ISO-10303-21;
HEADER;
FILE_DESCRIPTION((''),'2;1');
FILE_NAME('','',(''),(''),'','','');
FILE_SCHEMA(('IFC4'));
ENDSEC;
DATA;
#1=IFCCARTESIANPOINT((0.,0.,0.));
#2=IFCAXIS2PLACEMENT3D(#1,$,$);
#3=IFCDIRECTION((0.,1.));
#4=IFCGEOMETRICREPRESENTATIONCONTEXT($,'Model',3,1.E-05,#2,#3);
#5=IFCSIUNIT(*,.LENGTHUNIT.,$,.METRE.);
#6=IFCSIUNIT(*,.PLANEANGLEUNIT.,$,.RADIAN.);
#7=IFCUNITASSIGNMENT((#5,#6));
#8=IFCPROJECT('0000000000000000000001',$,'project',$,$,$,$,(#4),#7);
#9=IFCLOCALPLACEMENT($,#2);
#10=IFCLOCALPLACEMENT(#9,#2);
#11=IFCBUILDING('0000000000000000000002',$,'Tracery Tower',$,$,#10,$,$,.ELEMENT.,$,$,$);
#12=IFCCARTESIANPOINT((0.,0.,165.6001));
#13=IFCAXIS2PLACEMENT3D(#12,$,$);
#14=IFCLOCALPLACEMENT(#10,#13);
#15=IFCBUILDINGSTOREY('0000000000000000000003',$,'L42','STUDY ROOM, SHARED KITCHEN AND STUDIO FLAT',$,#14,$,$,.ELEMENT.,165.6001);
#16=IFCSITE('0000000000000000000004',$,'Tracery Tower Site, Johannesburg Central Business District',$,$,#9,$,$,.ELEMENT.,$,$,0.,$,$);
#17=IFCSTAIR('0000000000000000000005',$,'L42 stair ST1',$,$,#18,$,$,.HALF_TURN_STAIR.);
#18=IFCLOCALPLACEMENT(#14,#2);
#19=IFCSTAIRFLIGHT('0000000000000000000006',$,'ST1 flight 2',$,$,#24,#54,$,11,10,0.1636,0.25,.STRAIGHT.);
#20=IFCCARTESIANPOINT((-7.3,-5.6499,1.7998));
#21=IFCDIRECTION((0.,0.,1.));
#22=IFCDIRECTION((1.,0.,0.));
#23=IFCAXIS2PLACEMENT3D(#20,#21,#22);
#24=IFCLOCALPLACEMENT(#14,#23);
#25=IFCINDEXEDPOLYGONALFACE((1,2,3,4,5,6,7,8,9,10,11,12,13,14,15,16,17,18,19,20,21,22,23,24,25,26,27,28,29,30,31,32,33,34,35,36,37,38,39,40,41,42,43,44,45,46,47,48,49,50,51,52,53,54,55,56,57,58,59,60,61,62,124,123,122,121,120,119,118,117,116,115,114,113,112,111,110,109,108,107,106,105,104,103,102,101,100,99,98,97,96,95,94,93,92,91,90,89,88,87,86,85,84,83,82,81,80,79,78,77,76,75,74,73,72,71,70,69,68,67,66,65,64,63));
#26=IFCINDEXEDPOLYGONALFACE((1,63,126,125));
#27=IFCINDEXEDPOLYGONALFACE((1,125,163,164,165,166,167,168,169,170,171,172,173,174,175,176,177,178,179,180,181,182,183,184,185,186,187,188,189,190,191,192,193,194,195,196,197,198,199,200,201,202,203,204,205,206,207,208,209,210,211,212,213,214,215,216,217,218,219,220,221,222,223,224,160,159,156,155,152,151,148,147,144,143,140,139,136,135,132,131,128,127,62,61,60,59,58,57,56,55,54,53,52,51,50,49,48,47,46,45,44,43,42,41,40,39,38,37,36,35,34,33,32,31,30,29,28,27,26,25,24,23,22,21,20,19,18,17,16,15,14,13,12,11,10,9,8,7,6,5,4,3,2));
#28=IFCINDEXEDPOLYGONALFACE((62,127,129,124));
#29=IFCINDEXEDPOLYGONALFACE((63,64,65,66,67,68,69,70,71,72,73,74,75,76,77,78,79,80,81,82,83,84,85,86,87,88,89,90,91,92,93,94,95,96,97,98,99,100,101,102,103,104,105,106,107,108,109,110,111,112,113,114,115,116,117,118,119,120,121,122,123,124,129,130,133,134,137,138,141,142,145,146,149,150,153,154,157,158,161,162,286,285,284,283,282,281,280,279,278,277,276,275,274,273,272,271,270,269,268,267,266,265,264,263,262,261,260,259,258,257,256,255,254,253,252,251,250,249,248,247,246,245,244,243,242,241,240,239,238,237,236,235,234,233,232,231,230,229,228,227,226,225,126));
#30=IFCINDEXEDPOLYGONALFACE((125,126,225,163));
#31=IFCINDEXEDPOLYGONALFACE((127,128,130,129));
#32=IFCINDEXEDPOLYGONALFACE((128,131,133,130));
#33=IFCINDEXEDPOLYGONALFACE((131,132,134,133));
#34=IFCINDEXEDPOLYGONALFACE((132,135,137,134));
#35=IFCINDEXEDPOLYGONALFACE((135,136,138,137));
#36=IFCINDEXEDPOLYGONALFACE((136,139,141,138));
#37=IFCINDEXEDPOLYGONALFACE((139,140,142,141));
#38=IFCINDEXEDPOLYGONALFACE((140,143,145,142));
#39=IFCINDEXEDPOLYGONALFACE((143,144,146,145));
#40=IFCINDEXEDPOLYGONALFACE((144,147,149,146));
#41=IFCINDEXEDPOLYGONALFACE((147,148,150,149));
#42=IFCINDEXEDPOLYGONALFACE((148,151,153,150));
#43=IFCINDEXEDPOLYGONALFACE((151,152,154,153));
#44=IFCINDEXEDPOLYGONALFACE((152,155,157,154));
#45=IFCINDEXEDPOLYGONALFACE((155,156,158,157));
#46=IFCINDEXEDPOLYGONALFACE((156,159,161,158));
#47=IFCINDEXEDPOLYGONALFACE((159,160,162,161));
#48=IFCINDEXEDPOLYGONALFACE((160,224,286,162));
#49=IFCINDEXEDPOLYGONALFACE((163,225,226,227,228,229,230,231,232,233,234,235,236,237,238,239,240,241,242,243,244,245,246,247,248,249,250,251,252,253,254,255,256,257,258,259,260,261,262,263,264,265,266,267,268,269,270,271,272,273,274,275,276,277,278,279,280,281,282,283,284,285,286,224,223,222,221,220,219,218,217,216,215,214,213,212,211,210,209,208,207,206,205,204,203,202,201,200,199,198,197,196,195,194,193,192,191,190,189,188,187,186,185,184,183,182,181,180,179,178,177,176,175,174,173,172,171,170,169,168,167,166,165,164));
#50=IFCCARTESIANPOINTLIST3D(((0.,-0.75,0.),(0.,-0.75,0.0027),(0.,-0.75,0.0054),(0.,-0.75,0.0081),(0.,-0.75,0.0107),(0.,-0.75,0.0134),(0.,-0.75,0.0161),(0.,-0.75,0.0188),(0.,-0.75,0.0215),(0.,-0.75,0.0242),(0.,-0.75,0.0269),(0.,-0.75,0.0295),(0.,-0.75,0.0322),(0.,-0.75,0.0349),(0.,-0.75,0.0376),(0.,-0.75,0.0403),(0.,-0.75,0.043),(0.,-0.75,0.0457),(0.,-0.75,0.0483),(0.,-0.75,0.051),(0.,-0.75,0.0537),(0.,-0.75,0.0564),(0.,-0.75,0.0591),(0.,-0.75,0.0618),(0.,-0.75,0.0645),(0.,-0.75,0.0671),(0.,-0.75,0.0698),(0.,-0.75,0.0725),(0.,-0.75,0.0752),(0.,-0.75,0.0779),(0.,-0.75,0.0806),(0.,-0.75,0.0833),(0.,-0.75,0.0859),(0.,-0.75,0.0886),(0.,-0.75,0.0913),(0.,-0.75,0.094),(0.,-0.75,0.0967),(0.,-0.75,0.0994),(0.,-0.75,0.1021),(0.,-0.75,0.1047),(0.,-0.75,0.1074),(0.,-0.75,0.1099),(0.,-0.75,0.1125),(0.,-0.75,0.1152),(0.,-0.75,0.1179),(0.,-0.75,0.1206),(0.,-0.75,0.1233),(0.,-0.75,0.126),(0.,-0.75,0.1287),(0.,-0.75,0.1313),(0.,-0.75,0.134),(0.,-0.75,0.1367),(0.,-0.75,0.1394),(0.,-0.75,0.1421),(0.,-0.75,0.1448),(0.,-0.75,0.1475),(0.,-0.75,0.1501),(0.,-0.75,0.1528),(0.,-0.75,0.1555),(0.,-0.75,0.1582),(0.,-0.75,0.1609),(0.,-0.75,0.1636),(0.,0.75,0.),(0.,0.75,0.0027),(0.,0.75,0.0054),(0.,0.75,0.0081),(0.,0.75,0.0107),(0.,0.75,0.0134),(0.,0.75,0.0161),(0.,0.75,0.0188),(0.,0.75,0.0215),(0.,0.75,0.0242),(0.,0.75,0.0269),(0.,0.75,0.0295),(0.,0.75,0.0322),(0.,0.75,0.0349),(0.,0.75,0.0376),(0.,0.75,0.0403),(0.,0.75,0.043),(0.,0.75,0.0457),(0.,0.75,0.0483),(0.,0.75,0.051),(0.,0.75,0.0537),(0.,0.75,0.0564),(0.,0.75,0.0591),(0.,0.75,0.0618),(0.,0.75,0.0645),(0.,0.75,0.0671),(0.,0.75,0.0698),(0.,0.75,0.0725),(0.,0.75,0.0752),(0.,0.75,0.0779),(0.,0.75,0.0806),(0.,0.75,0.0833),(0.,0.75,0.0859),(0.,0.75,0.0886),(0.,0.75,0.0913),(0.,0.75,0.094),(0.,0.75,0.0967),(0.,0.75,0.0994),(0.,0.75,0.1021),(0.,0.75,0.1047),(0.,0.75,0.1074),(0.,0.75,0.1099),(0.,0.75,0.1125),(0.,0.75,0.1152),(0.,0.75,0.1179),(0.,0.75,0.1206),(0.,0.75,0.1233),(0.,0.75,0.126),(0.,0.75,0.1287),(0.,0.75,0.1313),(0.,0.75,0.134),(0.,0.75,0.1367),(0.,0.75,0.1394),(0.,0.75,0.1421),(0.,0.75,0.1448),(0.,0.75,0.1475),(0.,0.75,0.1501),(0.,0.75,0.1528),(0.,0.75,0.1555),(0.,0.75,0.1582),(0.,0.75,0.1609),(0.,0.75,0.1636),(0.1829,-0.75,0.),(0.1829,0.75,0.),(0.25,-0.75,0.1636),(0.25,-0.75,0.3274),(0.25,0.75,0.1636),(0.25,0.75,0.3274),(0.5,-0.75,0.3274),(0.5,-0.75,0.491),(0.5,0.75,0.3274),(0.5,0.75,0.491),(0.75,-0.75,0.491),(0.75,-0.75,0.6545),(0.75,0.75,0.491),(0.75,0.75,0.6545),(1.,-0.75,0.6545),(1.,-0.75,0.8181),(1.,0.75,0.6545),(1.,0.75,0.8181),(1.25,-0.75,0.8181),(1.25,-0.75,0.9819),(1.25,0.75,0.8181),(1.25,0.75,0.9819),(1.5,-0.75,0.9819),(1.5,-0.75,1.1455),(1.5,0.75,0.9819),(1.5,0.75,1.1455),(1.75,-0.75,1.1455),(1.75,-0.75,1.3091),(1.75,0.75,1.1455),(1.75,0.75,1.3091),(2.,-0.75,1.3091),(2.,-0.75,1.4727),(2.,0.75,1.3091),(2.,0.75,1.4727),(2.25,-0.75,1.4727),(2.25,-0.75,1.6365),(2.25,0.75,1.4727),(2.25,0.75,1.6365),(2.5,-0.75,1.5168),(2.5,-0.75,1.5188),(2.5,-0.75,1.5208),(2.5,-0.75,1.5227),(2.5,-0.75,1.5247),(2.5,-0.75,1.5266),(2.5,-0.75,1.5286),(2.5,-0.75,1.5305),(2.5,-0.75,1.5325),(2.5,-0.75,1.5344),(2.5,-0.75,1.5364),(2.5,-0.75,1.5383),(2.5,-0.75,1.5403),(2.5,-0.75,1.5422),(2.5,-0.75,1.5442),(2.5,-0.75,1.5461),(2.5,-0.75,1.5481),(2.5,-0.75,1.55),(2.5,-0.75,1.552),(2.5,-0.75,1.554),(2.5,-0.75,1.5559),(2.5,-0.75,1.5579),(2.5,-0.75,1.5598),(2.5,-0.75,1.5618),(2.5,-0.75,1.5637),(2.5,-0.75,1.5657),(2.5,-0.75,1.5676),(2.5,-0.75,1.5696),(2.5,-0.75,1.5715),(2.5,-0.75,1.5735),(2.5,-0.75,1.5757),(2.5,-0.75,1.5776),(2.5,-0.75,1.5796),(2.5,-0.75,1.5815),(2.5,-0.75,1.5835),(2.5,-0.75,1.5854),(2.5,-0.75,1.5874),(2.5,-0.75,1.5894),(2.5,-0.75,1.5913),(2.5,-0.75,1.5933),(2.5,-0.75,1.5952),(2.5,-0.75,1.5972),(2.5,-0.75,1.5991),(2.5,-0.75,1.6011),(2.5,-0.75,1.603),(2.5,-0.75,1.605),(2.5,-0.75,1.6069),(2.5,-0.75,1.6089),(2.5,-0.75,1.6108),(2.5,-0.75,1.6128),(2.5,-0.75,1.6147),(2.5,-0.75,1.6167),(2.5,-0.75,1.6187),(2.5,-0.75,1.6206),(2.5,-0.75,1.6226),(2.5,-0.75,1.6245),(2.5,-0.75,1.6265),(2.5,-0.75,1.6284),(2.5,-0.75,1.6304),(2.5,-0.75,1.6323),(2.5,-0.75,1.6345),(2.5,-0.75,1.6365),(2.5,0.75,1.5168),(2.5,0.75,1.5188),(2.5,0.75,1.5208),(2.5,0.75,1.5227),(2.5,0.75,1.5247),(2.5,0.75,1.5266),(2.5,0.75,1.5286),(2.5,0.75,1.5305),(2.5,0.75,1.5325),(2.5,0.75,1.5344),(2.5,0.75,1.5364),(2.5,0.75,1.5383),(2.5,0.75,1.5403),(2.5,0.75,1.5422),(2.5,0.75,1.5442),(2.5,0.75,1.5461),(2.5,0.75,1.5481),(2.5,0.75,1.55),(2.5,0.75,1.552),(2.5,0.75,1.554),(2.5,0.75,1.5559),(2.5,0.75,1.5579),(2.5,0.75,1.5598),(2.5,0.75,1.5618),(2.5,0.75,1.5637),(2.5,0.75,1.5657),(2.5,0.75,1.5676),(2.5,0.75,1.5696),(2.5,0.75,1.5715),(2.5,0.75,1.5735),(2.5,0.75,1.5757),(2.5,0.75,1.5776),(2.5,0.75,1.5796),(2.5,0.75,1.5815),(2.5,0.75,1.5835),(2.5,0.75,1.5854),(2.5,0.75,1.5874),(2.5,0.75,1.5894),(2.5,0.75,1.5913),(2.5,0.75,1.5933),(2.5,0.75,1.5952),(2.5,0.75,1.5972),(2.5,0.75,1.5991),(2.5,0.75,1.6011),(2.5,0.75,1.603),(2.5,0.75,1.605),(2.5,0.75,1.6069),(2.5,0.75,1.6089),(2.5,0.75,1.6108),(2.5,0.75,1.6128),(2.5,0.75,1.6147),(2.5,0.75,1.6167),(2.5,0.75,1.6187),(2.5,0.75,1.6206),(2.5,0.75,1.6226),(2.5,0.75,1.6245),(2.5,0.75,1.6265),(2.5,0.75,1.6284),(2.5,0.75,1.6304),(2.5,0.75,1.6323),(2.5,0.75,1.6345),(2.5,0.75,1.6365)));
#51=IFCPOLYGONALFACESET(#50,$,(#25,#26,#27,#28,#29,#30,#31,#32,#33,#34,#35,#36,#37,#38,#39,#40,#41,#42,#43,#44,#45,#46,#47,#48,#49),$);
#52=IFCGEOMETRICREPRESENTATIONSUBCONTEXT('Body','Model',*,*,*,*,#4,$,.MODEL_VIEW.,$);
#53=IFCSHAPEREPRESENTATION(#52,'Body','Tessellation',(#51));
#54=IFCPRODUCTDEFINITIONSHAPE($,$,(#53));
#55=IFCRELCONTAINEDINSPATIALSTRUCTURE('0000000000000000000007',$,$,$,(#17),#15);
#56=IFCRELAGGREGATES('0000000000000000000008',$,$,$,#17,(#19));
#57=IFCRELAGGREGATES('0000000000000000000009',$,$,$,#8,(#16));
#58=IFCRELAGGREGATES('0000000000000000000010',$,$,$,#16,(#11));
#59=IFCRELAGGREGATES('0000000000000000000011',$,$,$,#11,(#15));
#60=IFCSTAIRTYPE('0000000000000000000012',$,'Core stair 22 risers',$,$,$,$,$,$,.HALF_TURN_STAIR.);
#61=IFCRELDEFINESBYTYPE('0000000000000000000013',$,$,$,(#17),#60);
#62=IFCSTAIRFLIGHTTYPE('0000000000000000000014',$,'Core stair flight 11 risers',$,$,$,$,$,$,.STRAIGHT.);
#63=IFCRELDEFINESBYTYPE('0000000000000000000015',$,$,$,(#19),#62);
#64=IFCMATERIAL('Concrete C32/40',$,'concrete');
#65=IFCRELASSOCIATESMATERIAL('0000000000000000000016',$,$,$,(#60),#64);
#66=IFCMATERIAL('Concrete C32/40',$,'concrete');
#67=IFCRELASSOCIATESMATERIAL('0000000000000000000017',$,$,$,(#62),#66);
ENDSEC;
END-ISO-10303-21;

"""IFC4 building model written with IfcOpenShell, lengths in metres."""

from ifc_helpers import new_model, si_unit, direction, frame, origin, place, context, subcontext, project, spatial, polyline, outline, extrude, material, type_object, element, aggregate, save


model = new_model("IFC4")

# Units and contexts
model_context = context("Model", 3, precision=1e-05, world=origin(), true_north=direction((0.0, 1.0)))
body_context = subcontext(model_context, "Body", "Model", "MODEL_VIEW")
ifc_project = project(units=[si_unit("LENGTHUNIT", "METRE"), si_unit("PLANEANGLEUNIT", "RADIAN")], contexts=[model_context])

# Site, building, storey
site_placement = place(None, origin())
site = spatial("IfcSite", under=ifc_project, at=site_placement, Name="Tracery Tower Site, Johannesburg Central Business District", CompositionType="ELEMENT", RefElevation=0.0)
building_placement = place(site_placement, origin())
building = spatial("IfcBuilding", under=site, at=building_placement, Name="Tracery Tower", CompositionType="ELEMENT")
storey_placement = place(building_placement, frame((0.0, 0.0, 165.6001)))
storey = spatial("IfcBuildingStorey", under=building, at=storey_placement, Name="L42", Description="STUDY ROOM, SHARED KITCHEN AND STUDIO FLAT", CompositionType="ELEMENT", Elevation=165.6001)

# Stair, stair flight
ifc_material_1 = material(Name="Concrete C32/40", Category="concrete")
stair_type = type_object("IfcStairType", Name="Core stair 22 risers", PredefinedType="HALF_TURN_STAIR", material=ifc_material_1)
stair_placement = place(storey_placement, origin())
stair = element("IfcStair", 1, at=stair_placement, inside=storey, type_object=stair_type, Name="L42 stair ST1", PredefinedType="HALF_TURN_STAIR")
ifc_material_2 = material(Name="Concrete C32/40", Category="concrete")
stair_flight_type = type_object("IfcStairFlightType", Name="Core stair flight 11 risers", PredefinedType="STRAIGHT", material=ifc_material_2)
stair_flight_1_placement = place(storey_placement, frame((-7.3, -5.6499, 1.7998), z_axis=(0.0, 0.0, 1.0), x_axis=(1.0, 0.0, 0.0)))
stair_flight_1 = element("IfcStairFlight", 2, at=stair_flight_1_placement, type_object=stair_flight_type, Name="ST1 flight 2", NumberOfRisers=11, NumberOfTreads=10, PredefinedType="STRAIGHT", RiserHeight=0.1636, TreadLength=0.25, context=body_context, shape_type="SweptSolid", body=[
    extrude(outline(polyline([(0.0, 0.0), (0.0, 0.0027), (0.0, 0.0054), (0.0, 0.0081), (0.0, 0.0107), (0.0, 0.0134), (0.0, 0.0161), (0.0, 0.0188), (0.0, 0.0215), (0.0, 0.0242), (0.0, 0.0269), (0.0, 0.0295), (0.0, 0.0322), (0.0, 0.0349), (0.0, 0.0376), (0.0, 0.0403), (0.0, 0.043), (0.0, 0.0457), (0.0, 0.0483), (0.0, 0.051), (0.0, 0.0537), (0.0, 0.0564), (0.0, 0.0591), (0.0, 0.0618), (0.0, 0.0645), (0.0, 0.0671), (0.0, 0.0698), (0.0, 0.0725), (0.0, 0.0752), (0.0, 0.0779), (0.0, 0.0806), (0.0, 0.0833), (0.0, 0.0859), (0.0, 0.0886), (0.0, 0.0913), (0.0, 0.094), (0.0, 0.0967), (0.0, 0.0994), (0.0, 0.1021), (0.0, 0.1047), (0.0, 0.1074), (0.0, 0.1099), (0.0, 0.1125), (0.0, 0.1152), (0.0, 0.1179), (0.0, 0.1206), (0.0, 0.1233), (0.0, 0.126), (0.0, 0.1287), (0.0, 0.1313), (0.0, 0.134), (0.0, 0.1367), (0.0, 0.1394), (0.0, 0.1421), (0.0, 0.1448), (0.0, 0.1475), (0.0, 0.1501), (0.0, 0.1528), (0.0, 0.1555), (0.0, 0.1582), (0.0, 0.1609), (0.0, 0.1636), (0.25, 0.1636), (0.25, 0.3274), (0.5, 0.3274), (0.5, 0.491), (0.75, 0.491), (0.75, 0.6545), (1.0, 0.6545), (1.0, 0.8181), (1.25, 0.8181), (1.25, 0.9819), (1.5, 0.9819), (1.5, 1.1455), (1.75, 1.1455), (1.75, 1.3091), (2.0, 1.3091), (2.0, 1.4727), (2.25, 1.4727), (2.25, 1.6365), (2.5, 1.6365), (2.5, 1.6345), (2.5, 1.6323), (2.5, 1.6304), (2.5, 1.6284), (2.5, 1.6265), (2.5, 1.6245), (2.5, 1.6226), (2.5, 1.6206), (2.5, 1.6187), (2.5, 1.6167), (2.5, 1.6147), (2.5, 1.6128), (2.5, 1.6108), (2.5, 1.6089), (2.5, 1.6069), (2.5, 1.605), (2.5, 1.603), (2.5, 1.6011), (2.5, 1.5991), (2.5, 1.5972), (2.5, 1.5952), (2.5, 1.5933), (2.5, 1.5913), (2.5, 1.5894), (2.5, 1.5874), (2.5, 1.5854), (2.5, 1.5835), (2.5, 1.5815), (2.5, 1.5796), (2.5, 1.5776), (2.5, 1.5757), (2.5, 1.5735), (2.5, 1.5715), (2.5, 1.5696), (2.5, 1.5676), (2.5, 1.5657), (2.5, 1.5637), (2.5, 1.5618), (2.5, 1.5598), (2.5, 1.5579), (2.5, 1.5559), (2.5, 1.554), (2.5, 1.552), (2.5, 1.55), (2.5, 1.5481), (2.5, 1.5461), (2.5, 1.5442), (2.5, 1.5422), (2.5, 1.5403), (2.5, 1.5383), (2.5, 1.5364), (2.5, 1.5344), (2.5, 1.5325), (2.5, 1.5305), (2.5, 1.5286), (2.5, 1.5266), (2.5, 1.5247), (2.5, 1.5227), (2.5, 1.5208), (2.5, 1.5188), (2.5, 1.5168), (0.1829, 0.0), (0.0, 0.0)])), frame((0.0, 0.75, 0.0), z_axis=(0.0, -1.0, 0.0), x_axis=(1.0, 0.0, 0.0)), (0.0, 0.0, 1.0), 1.5),
])
aggregate(stair, [stair_flight_1])

save(model, "model.ifc")
